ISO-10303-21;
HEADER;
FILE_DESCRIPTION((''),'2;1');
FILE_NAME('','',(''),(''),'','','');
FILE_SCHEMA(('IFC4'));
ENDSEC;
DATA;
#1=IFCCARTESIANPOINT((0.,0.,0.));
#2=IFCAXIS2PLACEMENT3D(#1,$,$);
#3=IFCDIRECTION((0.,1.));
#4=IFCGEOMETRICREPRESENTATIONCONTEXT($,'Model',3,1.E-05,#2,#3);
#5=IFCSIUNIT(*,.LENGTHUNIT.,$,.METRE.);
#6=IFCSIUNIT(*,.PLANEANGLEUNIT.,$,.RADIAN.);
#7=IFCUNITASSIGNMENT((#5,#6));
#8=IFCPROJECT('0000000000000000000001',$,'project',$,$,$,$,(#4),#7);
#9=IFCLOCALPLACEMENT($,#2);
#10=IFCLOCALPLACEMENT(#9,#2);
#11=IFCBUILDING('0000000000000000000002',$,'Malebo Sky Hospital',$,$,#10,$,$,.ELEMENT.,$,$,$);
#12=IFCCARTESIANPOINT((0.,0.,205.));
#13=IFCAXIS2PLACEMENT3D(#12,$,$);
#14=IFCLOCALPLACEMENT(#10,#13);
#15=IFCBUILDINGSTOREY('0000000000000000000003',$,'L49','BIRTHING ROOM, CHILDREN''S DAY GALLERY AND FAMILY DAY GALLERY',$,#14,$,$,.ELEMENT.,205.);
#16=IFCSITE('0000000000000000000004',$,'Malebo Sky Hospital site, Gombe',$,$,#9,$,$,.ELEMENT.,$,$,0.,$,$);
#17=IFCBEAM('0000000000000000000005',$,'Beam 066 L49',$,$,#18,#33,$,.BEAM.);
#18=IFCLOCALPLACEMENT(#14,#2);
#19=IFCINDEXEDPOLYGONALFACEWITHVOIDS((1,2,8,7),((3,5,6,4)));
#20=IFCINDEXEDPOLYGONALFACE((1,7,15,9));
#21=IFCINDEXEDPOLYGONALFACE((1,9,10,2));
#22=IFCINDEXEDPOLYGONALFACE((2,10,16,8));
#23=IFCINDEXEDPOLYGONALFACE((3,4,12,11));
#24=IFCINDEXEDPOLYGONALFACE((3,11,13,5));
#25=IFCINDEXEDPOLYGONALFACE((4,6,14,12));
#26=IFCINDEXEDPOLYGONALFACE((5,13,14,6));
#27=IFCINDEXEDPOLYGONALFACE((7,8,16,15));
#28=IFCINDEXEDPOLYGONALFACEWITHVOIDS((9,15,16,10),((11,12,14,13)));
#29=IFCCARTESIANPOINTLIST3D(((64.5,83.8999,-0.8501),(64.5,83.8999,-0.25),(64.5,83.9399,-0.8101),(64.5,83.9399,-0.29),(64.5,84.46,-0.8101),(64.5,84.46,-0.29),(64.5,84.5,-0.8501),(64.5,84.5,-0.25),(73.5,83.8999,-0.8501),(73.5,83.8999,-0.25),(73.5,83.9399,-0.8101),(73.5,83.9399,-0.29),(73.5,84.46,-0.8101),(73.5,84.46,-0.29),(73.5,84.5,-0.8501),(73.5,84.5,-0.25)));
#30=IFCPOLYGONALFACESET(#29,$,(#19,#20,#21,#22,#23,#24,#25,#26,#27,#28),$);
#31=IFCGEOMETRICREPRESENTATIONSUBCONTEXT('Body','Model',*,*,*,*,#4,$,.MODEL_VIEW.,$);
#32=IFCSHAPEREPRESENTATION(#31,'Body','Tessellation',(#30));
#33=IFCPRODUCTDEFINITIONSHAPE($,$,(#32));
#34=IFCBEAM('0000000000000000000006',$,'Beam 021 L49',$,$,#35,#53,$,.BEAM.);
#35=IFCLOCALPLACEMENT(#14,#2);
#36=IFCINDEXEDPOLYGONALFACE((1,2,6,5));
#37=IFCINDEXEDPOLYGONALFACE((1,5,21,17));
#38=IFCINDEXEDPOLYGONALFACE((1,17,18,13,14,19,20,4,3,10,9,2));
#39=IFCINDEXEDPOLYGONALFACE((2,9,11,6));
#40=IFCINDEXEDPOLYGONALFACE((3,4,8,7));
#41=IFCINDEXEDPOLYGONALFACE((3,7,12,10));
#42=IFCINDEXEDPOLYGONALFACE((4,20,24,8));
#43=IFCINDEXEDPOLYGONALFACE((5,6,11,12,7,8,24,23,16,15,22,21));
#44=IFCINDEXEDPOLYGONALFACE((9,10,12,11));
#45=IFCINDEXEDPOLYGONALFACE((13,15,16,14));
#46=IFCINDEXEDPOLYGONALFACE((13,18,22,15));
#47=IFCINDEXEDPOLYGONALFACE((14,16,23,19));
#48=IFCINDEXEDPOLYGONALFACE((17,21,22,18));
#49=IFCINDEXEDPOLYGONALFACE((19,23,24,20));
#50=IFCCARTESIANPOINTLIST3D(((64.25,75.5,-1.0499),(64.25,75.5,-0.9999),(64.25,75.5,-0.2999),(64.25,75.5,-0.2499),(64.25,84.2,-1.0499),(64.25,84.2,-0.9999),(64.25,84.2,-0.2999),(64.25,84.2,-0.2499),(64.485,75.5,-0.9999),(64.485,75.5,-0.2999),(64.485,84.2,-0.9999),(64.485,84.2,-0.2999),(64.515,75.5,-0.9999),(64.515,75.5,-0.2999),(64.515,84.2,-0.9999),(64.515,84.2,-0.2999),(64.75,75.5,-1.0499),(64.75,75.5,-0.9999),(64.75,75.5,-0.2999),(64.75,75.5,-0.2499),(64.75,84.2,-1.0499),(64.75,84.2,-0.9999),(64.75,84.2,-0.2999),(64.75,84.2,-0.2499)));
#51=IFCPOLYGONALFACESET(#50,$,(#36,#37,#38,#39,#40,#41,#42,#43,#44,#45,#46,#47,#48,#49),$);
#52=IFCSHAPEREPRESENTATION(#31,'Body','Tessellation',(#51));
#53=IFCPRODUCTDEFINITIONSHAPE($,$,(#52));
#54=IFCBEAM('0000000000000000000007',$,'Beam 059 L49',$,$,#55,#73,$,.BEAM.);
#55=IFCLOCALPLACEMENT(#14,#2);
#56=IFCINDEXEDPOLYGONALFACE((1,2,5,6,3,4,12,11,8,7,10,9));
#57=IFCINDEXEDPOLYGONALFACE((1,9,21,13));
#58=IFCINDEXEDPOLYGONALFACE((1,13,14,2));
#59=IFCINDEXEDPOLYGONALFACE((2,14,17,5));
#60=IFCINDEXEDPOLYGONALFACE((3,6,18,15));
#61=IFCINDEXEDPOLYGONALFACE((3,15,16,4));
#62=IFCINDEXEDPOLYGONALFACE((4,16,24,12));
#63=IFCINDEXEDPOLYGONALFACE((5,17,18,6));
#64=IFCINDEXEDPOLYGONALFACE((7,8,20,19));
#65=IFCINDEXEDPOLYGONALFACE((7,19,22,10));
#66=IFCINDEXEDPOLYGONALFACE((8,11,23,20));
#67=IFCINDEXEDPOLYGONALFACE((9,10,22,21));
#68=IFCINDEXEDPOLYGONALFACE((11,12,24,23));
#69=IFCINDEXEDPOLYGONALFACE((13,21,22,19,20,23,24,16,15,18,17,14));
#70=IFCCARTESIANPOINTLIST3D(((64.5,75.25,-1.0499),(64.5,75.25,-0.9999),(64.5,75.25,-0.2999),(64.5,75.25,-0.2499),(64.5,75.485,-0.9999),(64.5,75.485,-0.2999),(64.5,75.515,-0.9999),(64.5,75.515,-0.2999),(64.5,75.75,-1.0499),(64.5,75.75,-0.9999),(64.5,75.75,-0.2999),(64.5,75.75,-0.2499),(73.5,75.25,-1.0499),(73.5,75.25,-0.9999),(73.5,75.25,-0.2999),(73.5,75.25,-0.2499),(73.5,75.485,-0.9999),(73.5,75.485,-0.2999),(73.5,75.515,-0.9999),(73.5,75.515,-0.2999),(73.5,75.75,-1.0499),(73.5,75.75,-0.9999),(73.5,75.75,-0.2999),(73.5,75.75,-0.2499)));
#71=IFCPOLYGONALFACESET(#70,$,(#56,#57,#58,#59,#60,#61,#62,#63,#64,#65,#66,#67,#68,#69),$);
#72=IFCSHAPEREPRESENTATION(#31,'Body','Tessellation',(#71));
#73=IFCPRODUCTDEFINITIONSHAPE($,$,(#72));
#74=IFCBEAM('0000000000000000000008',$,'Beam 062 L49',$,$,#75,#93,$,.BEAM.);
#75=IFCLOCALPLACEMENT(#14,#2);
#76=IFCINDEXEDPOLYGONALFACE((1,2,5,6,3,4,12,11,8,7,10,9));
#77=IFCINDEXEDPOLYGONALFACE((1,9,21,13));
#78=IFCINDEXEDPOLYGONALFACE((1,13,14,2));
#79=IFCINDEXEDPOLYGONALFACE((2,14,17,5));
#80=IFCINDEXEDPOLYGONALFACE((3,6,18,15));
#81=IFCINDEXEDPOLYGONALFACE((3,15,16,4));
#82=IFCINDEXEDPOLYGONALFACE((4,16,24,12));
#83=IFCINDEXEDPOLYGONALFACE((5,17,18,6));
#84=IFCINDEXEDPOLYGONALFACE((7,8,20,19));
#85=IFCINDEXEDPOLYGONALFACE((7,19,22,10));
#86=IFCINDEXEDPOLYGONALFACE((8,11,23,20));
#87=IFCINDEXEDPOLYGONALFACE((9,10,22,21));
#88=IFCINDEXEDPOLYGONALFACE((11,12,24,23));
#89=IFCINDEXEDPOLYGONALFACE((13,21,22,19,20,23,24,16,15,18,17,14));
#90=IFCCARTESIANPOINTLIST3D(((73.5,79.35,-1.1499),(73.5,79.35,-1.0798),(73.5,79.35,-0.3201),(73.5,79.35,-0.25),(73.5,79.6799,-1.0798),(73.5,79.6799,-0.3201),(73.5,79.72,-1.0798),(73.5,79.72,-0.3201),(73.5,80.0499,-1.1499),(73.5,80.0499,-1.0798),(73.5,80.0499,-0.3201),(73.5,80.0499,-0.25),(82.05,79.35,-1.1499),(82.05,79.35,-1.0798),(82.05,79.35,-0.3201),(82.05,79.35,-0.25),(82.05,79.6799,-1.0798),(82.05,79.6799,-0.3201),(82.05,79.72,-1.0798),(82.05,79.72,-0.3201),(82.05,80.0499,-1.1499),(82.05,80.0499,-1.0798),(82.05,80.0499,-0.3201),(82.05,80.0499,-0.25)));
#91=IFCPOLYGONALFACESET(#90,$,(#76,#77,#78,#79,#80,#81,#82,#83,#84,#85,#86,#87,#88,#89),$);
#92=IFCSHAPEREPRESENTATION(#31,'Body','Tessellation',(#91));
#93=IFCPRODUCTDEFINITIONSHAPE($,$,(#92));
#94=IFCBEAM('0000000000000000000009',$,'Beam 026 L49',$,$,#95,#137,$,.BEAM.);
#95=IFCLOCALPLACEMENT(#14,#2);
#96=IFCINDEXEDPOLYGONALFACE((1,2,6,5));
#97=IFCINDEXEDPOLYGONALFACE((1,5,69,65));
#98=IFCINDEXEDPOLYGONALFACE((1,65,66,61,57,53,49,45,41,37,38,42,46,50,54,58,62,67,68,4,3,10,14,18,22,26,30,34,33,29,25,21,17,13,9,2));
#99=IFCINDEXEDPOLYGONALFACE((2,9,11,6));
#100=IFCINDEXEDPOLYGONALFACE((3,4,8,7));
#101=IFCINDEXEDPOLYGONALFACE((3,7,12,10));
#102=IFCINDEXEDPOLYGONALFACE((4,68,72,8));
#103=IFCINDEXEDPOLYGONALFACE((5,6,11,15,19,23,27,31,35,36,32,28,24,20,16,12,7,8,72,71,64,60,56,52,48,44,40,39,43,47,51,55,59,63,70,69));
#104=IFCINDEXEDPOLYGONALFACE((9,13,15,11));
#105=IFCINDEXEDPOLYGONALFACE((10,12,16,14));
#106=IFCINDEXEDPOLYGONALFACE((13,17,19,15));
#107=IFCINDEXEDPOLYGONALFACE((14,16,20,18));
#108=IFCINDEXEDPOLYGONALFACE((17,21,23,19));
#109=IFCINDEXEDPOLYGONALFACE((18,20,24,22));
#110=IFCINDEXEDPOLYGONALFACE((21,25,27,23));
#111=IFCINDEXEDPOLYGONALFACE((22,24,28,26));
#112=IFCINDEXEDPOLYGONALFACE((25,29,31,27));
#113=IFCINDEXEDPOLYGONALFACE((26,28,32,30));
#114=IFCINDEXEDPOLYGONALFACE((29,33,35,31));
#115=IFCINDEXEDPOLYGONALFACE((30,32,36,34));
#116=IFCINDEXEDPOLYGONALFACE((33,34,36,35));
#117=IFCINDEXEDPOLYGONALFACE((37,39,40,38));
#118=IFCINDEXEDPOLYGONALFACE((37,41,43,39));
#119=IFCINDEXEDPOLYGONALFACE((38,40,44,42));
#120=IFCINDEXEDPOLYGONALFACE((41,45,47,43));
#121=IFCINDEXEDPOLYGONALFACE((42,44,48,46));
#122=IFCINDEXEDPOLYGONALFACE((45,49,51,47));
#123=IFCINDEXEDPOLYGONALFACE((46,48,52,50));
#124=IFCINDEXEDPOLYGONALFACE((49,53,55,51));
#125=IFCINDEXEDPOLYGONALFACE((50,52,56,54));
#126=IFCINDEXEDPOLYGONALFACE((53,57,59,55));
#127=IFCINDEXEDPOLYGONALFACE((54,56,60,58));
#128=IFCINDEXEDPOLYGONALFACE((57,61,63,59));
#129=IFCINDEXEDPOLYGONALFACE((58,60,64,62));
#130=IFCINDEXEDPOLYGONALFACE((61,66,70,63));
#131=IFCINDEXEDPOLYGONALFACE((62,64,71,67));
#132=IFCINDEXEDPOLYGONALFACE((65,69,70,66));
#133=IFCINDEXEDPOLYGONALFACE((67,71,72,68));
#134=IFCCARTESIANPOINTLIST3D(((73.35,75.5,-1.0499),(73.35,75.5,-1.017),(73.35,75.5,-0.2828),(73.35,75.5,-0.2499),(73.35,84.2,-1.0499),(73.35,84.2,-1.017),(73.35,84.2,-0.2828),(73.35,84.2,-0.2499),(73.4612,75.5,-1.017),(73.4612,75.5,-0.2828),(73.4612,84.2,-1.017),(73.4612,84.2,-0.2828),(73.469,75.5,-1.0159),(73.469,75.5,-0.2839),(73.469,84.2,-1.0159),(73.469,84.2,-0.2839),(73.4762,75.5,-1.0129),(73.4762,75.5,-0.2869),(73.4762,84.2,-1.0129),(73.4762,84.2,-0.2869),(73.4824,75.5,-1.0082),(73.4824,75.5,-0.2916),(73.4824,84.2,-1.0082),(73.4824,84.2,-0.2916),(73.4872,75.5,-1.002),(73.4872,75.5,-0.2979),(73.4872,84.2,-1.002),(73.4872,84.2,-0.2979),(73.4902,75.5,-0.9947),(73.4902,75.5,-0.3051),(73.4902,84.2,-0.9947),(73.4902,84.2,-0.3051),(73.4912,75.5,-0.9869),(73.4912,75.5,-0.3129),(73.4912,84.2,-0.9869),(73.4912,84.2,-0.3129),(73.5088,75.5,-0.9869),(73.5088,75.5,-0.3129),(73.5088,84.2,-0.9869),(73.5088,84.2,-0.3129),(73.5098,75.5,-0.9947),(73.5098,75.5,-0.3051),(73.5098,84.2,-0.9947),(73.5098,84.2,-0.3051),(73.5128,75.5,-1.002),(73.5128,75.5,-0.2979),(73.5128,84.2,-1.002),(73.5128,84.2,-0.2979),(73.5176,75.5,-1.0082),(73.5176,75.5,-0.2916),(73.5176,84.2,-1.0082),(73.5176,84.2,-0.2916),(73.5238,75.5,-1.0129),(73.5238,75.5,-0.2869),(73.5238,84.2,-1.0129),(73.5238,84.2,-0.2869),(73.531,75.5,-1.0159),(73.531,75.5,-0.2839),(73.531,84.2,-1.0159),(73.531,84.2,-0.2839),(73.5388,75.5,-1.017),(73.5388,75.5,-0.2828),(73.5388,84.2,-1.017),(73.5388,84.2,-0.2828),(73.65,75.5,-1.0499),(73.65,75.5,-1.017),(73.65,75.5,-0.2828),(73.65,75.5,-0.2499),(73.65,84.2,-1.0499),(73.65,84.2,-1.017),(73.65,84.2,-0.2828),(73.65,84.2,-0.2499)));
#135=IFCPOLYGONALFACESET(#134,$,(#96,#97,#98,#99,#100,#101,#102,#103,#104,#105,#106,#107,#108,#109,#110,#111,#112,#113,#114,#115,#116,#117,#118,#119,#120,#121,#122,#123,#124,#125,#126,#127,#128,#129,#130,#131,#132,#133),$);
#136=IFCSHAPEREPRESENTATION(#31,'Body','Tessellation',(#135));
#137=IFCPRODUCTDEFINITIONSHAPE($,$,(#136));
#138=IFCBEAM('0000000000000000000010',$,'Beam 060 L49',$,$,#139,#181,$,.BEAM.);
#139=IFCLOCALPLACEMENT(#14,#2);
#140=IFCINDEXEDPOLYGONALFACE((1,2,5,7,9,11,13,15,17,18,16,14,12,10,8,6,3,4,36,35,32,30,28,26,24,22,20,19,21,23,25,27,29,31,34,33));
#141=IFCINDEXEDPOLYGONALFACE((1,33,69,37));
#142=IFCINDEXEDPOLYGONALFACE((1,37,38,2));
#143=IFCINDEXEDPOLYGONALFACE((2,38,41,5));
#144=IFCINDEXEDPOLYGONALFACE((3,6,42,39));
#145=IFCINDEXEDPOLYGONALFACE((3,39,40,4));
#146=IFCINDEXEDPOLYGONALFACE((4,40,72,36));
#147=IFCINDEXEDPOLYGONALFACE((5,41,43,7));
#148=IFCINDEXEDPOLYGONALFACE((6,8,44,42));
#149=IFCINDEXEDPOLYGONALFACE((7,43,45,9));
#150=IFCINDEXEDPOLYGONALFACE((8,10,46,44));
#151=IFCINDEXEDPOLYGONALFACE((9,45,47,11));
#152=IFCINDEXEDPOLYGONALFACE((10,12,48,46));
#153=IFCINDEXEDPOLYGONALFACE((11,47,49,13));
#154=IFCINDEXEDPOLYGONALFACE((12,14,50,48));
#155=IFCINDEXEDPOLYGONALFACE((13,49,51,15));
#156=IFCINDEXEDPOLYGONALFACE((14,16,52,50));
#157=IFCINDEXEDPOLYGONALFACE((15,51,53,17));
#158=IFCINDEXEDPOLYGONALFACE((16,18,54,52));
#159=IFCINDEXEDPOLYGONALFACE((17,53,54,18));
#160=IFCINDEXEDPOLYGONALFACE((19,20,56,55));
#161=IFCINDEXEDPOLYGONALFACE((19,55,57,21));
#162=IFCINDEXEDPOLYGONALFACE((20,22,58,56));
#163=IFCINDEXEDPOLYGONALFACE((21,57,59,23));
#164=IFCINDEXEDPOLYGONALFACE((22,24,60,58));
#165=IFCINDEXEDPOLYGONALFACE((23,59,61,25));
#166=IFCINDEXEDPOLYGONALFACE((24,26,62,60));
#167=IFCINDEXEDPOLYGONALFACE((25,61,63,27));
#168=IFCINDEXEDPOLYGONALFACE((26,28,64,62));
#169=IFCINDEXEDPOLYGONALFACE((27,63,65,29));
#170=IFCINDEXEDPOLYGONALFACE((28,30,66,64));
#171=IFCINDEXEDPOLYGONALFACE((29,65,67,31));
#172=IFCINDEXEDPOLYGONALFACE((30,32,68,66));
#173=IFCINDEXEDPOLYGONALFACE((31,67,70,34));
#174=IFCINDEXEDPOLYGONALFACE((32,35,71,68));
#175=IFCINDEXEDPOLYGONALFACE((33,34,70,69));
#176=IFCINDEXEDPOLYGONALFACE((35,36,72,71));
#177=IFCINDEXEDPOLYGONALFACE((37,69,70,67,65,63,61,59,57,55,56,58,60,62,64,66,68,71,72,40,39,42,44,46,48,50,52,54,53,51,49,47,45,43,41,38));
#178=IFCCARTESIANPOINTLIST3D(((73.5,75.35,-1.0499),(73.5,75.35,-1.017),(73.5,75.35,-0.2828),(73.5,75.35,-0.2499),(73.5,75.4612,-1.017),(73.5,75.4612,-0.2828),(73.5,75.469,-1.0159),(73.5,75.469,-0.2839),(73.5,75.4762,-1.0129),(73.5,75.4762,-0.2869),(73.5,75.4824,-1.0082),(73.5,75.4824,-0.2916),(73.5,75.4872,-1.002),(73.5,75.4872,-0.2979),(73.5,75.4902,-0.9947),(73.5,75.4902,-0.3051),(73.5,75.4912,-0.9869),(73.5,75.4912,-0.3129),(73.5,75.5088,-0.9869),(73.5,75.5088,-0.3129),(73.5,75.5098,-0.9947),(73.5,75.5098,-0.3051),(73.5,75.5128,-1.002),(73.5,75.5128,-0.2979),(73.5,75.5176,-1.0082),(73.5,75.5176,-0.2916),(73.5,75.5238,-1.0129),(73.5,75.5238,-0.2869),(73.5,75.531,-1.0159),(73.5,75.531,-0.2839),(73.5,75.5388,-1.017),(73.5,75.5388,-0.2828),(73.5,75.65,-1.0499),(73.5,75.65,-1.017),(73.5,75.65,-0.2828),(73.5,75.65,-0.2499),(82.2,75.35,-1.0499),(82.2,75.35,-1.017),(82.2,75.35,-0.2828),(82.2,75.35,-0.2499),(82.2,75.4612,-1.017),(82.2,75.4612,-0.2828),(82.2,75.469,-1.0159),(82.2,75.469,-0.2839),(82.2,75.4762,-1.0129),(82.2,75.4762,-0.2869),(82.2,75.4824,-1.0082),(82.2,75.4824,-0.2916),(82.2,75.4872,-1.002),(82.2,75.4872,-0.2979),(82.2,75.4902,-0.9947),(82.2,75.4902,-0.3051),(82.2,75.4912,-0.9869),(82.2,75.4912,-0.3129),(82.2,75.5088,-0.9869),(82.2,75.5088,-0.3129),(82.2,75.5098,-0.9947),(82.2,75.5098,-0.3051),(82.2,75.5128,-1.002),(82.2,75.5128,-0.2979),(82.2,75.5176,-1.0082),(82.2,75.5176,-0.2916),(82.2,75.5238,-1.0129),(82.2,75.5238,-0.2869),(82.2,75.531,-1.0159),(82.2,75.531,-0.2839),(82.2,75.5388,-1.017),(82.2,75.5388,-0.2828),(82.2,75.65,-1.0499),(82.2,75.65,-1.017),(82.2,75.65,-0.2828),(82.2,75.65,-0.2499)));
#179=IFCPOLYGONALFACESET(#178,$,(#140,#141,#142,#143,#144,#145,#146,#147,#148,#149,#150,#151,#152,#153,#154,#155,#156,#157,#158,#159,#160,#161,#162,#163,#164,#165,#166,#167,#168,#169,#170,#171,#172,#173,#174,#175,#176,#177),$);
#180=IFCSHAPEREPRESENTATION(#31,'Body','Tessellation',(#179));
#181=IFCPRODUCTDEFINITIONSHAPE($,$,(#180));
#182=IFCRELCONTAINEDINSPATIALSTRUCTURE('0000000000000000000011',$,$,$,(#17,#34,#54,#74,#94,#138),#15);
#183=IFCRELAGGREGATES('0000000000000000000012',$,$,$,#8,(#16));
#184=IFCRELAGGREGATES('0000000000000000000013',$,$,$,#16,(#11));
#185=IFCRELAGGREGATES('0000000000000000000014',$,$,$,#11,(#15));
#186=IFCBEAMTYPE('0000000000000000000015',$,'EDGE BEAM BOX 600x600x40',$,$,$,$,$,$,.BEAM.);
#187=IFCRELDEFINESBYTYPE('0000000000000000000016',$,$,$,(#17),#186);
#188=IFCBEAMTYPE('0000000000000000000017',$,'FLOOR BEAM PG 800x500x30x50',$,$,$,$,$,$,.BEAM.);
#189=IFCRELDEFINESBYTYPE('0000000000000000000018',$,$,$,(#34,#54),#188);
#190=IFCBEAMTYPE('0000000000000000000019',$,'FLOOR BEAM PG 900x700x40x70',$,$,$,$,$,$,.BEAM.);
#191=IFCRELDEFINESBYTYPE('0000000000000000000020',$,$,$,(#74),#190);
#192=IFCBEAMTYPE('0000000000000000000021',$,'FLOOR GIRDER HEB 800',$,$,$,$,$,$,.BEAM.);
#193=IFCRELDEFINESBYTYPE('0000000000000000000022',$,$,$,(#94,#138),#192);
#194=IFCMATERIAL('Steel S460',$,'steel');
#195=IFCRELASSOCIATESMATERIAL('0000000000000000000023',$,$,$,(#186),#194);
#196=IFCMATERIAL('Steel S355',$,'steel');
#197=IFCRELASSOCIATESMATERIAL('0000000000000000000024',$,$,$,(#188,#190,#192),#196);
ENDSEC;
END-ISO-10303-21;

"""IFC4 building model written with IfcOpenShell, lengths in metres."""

from ifc_helpers import new_model, si_unit, direction, frame, origin, origin_2d, place, context, subcontext, project, spatial, hollow_rectangle, i_section, extrude, material, material_profile, profile_set, type_object, element, save


model = new_model("IFC4")

# Units and contexts
model_context = context("Model", 3, precision=1e-05, world=origin(), true_north=direction((0.0, 1.0)))
body_context = subcontext(model_context, "Body", "Model", "MODEL_VIEW")
ifc_project = project(units=[si_unit("LENGTHUNIT", "METRE"), si_unit("PLANEANGLEUNIT", "RADIAN")], contexts=[model_context])

# Site, building, storey
site_placement = place(None, origin())
site = spatial("IfcSite", under=ifc_project, at=site_placement, Name="Malebo Sky Hospital site, Gombe", CompositionType="ELEMENT", RefElevation=0.0)
building_placement = place(site_placement, origin())
building = spatial("IfcBuilding", under=site, at=building_placement, Name="Malebo Sky Hospital", CompositionType="ELEMENT")
storey_placement = place(building_placement, frame((0.0, 0.0, 205.0)))
storey = spatial("IfcBuildingStorey", under=building, at=storey_placement, Name="L49", Description="BIRTHING ROOM, CHILDREN'S DAY GALLERY AND FAMILY DAY GALLERY", CompositionType="ELEMENT", Elevation=205.0)

# Shared definitions
ifc_material_1 = material(Name="Steel S460", Category="steel")

# Beams
ifc_material_profile_1 = material_profile(ifc_material_1, hollow_rectangle(XDim=0.6001, YDim=0.6001, WallThickness=0.04, at=origin_2d()), Name="BOX 600x600x40")
ifc_profile_set_1 = profile_set([ifc_material_profile_1], Name="Steel S460")
beam_type_1 = type_object("IfcBeamType", Name="EDGE BEAM BOX 600x600x40", PredefinedType="BEAM", material=ifc_profile_set_1)
beam_1_placement = place(storey_placement, frame((64.5, 84.2, -0.55), z_axis=(1.0, 0.0, 0.0), x_axis=(0.0, 1.0, 0.0)))
element("IfcBeam", 1, at=beam_1_placement, inside=storey, type_object=beam_type_1, Name="Beam 066 L49", PredefinedType="BEAM", context=body_context, shape_type="SweptSolid", body=[
    extrude(hollow_rectangle(XDim=0.6001, YDim=0.6001, WallThickness=0.04, at=origin_2d()), origin(), (0.0, 0.0, 1.0), 9.0),
])
ifc_material_2 = material(Name="Steel S355", Category="steel")
ifc_material_profile_2 = material_profile(ifc_material_2, i_section(OverallWidth=0.5, OverallDepth=0.8, WebThickness=0.03, FlangeThickness=0.05, at=origin_2d()), Name="PG 800x500x30x50")
ifc_profile_set_2 = profile_set([ifc_material_profile_2], Name="Steel S355")
beam_type_2 = type_object("IfcBeamType", Name="FLOOR BEAM PG 800x500x30x50", PredefinedType="BEAM", material=ifc_profile_set_2)
beam_2_placement = place(storey_placement, frame((64.5, 75.5, -0.6499), z_axis=(0.0, 1.0, 0.0), x_axis=(-1.0, 0.0, 0.0)))
element("IfcBeam", 2, at=beam_2_placement, inside=storey, type_object=beam_type_2, Name="Beam 021 L49", PredefinedType="BEAM", context=body_context, shape_type="SweptSolid", body=[
    extrude(i_section(OverallWidth=0.5, OverallDepth=0.8, WebThickness=0.03, FlangeThickness=0.05, at=origin_2d()), origin(), (0.0, 0.0, 1.0), 8.7),
])
beam_3_placement = place(storey_placement, frame((64.5, 75.5, -0.6499), z_axis=(1.0, 0.0, 0.0), x_axis=(0.0, 1.0, 0.0)))
element("IfcBeam", 3, at=beam_3_placement, inside=storey, type_object=beam_type_2, Name="Beam 059 L49", PredefinedType="BEAM", context=body_context, shape_type="SweptSolid", body=[
    extrude(i_section(OverallWidth=0.5, OverallDepth=0.8, WebThickness=0.03, FlangeThickness=0.05, at=origin_2d()), origin(), (0.0, 0.0, 1.0), 9.0),
])
ifc_material_profile_3 = material_profile(ifc_material_2, i_section(OverallWidth=0.7, OverallDepth=0.8999, WebThickness=0.04, FlangeThickness=0.0701, at=origin_2d()), Name="PG 900x700x40x70")
ifc_profile_set_3 = profile_set([ifc_material_profile_3], Name="Steel S355")
beam_type_3 = type_object("IfcBeamType", Name="FLOOR BEAM PG 900x700x40x70", PredefinedType="BEAM", material=ifc_profile_set_3)
beam_4_placement = place(storey_placement, frame((73.5, 79.7, -0.7), z_axis=(1.0, 0.0, 0.0), x_axis=(0.0, 1.0, 0.0)))
element("IfcBeam", 4, at=beam_4_placement, inside=storey, type_object=beam_type_3, Name="Beam 062 L49", PredefinedType="BEAM", context=body_context, shape_type="SweptSolid", body=[
    extrude(i_section(OverallWidth=0.7, OverallDepth=0.8999, WebThickness=0.04, FlangeThickness=0.0701, at=origin_2d()), origin(), (0.0, 0.0, 1.0), 8.55),
])
ifc_material_profile_4 = material_profile(ifc_material_2, i_section(OverallWidth=0.3, OverallDepth=0.8, WebThickness=0.0176, FlangeThickness=0.033, FilletRadius=0.03, at=origin_2d()), Name="HEB 800")
ifc_profile_set_4 = profile_set([ifc_material_profile_4], Name="Steel S355")
beam_type_4 = type_object("IfcBeamType", Name="FLOOR GIRDER HEB 800", PredefinedType="BEAM", material=ifc_profile_set_4)
for number, where, z_axis, x_axis, name in (
    (5, (73.5, 75.5, -0.6499), (0.0, 1.0, 0.0), (-1.0, 0.0, 0.0), "Beam 026 L49"),
    (6, (73.5, 75.5, -0.6499), (1.0, 0.0, 0.0), (0.0, 1.0, 0.0), "Beam 060 L49"),
):
    element("IfcBeam", number, at=place(storey_placement, frame(where, z_axis=z_axis, x_axis=x_axis)), inside=storey, type_object=beam_type_4, Name=name, PredefinedType="BEAM", context=body_context, shape_type="SweptSolid", body=[
        extrude(i_section(OverallWidth=0.3, OverallDepth=0.8, WebThickness=0.0176, FlangeThickness=0.033, FilletRadius=0.03, at=origin_2d()), origin(), (0.0, 0.0, 1.0), 8.7),
    ])

save(model, "model.ifc")
